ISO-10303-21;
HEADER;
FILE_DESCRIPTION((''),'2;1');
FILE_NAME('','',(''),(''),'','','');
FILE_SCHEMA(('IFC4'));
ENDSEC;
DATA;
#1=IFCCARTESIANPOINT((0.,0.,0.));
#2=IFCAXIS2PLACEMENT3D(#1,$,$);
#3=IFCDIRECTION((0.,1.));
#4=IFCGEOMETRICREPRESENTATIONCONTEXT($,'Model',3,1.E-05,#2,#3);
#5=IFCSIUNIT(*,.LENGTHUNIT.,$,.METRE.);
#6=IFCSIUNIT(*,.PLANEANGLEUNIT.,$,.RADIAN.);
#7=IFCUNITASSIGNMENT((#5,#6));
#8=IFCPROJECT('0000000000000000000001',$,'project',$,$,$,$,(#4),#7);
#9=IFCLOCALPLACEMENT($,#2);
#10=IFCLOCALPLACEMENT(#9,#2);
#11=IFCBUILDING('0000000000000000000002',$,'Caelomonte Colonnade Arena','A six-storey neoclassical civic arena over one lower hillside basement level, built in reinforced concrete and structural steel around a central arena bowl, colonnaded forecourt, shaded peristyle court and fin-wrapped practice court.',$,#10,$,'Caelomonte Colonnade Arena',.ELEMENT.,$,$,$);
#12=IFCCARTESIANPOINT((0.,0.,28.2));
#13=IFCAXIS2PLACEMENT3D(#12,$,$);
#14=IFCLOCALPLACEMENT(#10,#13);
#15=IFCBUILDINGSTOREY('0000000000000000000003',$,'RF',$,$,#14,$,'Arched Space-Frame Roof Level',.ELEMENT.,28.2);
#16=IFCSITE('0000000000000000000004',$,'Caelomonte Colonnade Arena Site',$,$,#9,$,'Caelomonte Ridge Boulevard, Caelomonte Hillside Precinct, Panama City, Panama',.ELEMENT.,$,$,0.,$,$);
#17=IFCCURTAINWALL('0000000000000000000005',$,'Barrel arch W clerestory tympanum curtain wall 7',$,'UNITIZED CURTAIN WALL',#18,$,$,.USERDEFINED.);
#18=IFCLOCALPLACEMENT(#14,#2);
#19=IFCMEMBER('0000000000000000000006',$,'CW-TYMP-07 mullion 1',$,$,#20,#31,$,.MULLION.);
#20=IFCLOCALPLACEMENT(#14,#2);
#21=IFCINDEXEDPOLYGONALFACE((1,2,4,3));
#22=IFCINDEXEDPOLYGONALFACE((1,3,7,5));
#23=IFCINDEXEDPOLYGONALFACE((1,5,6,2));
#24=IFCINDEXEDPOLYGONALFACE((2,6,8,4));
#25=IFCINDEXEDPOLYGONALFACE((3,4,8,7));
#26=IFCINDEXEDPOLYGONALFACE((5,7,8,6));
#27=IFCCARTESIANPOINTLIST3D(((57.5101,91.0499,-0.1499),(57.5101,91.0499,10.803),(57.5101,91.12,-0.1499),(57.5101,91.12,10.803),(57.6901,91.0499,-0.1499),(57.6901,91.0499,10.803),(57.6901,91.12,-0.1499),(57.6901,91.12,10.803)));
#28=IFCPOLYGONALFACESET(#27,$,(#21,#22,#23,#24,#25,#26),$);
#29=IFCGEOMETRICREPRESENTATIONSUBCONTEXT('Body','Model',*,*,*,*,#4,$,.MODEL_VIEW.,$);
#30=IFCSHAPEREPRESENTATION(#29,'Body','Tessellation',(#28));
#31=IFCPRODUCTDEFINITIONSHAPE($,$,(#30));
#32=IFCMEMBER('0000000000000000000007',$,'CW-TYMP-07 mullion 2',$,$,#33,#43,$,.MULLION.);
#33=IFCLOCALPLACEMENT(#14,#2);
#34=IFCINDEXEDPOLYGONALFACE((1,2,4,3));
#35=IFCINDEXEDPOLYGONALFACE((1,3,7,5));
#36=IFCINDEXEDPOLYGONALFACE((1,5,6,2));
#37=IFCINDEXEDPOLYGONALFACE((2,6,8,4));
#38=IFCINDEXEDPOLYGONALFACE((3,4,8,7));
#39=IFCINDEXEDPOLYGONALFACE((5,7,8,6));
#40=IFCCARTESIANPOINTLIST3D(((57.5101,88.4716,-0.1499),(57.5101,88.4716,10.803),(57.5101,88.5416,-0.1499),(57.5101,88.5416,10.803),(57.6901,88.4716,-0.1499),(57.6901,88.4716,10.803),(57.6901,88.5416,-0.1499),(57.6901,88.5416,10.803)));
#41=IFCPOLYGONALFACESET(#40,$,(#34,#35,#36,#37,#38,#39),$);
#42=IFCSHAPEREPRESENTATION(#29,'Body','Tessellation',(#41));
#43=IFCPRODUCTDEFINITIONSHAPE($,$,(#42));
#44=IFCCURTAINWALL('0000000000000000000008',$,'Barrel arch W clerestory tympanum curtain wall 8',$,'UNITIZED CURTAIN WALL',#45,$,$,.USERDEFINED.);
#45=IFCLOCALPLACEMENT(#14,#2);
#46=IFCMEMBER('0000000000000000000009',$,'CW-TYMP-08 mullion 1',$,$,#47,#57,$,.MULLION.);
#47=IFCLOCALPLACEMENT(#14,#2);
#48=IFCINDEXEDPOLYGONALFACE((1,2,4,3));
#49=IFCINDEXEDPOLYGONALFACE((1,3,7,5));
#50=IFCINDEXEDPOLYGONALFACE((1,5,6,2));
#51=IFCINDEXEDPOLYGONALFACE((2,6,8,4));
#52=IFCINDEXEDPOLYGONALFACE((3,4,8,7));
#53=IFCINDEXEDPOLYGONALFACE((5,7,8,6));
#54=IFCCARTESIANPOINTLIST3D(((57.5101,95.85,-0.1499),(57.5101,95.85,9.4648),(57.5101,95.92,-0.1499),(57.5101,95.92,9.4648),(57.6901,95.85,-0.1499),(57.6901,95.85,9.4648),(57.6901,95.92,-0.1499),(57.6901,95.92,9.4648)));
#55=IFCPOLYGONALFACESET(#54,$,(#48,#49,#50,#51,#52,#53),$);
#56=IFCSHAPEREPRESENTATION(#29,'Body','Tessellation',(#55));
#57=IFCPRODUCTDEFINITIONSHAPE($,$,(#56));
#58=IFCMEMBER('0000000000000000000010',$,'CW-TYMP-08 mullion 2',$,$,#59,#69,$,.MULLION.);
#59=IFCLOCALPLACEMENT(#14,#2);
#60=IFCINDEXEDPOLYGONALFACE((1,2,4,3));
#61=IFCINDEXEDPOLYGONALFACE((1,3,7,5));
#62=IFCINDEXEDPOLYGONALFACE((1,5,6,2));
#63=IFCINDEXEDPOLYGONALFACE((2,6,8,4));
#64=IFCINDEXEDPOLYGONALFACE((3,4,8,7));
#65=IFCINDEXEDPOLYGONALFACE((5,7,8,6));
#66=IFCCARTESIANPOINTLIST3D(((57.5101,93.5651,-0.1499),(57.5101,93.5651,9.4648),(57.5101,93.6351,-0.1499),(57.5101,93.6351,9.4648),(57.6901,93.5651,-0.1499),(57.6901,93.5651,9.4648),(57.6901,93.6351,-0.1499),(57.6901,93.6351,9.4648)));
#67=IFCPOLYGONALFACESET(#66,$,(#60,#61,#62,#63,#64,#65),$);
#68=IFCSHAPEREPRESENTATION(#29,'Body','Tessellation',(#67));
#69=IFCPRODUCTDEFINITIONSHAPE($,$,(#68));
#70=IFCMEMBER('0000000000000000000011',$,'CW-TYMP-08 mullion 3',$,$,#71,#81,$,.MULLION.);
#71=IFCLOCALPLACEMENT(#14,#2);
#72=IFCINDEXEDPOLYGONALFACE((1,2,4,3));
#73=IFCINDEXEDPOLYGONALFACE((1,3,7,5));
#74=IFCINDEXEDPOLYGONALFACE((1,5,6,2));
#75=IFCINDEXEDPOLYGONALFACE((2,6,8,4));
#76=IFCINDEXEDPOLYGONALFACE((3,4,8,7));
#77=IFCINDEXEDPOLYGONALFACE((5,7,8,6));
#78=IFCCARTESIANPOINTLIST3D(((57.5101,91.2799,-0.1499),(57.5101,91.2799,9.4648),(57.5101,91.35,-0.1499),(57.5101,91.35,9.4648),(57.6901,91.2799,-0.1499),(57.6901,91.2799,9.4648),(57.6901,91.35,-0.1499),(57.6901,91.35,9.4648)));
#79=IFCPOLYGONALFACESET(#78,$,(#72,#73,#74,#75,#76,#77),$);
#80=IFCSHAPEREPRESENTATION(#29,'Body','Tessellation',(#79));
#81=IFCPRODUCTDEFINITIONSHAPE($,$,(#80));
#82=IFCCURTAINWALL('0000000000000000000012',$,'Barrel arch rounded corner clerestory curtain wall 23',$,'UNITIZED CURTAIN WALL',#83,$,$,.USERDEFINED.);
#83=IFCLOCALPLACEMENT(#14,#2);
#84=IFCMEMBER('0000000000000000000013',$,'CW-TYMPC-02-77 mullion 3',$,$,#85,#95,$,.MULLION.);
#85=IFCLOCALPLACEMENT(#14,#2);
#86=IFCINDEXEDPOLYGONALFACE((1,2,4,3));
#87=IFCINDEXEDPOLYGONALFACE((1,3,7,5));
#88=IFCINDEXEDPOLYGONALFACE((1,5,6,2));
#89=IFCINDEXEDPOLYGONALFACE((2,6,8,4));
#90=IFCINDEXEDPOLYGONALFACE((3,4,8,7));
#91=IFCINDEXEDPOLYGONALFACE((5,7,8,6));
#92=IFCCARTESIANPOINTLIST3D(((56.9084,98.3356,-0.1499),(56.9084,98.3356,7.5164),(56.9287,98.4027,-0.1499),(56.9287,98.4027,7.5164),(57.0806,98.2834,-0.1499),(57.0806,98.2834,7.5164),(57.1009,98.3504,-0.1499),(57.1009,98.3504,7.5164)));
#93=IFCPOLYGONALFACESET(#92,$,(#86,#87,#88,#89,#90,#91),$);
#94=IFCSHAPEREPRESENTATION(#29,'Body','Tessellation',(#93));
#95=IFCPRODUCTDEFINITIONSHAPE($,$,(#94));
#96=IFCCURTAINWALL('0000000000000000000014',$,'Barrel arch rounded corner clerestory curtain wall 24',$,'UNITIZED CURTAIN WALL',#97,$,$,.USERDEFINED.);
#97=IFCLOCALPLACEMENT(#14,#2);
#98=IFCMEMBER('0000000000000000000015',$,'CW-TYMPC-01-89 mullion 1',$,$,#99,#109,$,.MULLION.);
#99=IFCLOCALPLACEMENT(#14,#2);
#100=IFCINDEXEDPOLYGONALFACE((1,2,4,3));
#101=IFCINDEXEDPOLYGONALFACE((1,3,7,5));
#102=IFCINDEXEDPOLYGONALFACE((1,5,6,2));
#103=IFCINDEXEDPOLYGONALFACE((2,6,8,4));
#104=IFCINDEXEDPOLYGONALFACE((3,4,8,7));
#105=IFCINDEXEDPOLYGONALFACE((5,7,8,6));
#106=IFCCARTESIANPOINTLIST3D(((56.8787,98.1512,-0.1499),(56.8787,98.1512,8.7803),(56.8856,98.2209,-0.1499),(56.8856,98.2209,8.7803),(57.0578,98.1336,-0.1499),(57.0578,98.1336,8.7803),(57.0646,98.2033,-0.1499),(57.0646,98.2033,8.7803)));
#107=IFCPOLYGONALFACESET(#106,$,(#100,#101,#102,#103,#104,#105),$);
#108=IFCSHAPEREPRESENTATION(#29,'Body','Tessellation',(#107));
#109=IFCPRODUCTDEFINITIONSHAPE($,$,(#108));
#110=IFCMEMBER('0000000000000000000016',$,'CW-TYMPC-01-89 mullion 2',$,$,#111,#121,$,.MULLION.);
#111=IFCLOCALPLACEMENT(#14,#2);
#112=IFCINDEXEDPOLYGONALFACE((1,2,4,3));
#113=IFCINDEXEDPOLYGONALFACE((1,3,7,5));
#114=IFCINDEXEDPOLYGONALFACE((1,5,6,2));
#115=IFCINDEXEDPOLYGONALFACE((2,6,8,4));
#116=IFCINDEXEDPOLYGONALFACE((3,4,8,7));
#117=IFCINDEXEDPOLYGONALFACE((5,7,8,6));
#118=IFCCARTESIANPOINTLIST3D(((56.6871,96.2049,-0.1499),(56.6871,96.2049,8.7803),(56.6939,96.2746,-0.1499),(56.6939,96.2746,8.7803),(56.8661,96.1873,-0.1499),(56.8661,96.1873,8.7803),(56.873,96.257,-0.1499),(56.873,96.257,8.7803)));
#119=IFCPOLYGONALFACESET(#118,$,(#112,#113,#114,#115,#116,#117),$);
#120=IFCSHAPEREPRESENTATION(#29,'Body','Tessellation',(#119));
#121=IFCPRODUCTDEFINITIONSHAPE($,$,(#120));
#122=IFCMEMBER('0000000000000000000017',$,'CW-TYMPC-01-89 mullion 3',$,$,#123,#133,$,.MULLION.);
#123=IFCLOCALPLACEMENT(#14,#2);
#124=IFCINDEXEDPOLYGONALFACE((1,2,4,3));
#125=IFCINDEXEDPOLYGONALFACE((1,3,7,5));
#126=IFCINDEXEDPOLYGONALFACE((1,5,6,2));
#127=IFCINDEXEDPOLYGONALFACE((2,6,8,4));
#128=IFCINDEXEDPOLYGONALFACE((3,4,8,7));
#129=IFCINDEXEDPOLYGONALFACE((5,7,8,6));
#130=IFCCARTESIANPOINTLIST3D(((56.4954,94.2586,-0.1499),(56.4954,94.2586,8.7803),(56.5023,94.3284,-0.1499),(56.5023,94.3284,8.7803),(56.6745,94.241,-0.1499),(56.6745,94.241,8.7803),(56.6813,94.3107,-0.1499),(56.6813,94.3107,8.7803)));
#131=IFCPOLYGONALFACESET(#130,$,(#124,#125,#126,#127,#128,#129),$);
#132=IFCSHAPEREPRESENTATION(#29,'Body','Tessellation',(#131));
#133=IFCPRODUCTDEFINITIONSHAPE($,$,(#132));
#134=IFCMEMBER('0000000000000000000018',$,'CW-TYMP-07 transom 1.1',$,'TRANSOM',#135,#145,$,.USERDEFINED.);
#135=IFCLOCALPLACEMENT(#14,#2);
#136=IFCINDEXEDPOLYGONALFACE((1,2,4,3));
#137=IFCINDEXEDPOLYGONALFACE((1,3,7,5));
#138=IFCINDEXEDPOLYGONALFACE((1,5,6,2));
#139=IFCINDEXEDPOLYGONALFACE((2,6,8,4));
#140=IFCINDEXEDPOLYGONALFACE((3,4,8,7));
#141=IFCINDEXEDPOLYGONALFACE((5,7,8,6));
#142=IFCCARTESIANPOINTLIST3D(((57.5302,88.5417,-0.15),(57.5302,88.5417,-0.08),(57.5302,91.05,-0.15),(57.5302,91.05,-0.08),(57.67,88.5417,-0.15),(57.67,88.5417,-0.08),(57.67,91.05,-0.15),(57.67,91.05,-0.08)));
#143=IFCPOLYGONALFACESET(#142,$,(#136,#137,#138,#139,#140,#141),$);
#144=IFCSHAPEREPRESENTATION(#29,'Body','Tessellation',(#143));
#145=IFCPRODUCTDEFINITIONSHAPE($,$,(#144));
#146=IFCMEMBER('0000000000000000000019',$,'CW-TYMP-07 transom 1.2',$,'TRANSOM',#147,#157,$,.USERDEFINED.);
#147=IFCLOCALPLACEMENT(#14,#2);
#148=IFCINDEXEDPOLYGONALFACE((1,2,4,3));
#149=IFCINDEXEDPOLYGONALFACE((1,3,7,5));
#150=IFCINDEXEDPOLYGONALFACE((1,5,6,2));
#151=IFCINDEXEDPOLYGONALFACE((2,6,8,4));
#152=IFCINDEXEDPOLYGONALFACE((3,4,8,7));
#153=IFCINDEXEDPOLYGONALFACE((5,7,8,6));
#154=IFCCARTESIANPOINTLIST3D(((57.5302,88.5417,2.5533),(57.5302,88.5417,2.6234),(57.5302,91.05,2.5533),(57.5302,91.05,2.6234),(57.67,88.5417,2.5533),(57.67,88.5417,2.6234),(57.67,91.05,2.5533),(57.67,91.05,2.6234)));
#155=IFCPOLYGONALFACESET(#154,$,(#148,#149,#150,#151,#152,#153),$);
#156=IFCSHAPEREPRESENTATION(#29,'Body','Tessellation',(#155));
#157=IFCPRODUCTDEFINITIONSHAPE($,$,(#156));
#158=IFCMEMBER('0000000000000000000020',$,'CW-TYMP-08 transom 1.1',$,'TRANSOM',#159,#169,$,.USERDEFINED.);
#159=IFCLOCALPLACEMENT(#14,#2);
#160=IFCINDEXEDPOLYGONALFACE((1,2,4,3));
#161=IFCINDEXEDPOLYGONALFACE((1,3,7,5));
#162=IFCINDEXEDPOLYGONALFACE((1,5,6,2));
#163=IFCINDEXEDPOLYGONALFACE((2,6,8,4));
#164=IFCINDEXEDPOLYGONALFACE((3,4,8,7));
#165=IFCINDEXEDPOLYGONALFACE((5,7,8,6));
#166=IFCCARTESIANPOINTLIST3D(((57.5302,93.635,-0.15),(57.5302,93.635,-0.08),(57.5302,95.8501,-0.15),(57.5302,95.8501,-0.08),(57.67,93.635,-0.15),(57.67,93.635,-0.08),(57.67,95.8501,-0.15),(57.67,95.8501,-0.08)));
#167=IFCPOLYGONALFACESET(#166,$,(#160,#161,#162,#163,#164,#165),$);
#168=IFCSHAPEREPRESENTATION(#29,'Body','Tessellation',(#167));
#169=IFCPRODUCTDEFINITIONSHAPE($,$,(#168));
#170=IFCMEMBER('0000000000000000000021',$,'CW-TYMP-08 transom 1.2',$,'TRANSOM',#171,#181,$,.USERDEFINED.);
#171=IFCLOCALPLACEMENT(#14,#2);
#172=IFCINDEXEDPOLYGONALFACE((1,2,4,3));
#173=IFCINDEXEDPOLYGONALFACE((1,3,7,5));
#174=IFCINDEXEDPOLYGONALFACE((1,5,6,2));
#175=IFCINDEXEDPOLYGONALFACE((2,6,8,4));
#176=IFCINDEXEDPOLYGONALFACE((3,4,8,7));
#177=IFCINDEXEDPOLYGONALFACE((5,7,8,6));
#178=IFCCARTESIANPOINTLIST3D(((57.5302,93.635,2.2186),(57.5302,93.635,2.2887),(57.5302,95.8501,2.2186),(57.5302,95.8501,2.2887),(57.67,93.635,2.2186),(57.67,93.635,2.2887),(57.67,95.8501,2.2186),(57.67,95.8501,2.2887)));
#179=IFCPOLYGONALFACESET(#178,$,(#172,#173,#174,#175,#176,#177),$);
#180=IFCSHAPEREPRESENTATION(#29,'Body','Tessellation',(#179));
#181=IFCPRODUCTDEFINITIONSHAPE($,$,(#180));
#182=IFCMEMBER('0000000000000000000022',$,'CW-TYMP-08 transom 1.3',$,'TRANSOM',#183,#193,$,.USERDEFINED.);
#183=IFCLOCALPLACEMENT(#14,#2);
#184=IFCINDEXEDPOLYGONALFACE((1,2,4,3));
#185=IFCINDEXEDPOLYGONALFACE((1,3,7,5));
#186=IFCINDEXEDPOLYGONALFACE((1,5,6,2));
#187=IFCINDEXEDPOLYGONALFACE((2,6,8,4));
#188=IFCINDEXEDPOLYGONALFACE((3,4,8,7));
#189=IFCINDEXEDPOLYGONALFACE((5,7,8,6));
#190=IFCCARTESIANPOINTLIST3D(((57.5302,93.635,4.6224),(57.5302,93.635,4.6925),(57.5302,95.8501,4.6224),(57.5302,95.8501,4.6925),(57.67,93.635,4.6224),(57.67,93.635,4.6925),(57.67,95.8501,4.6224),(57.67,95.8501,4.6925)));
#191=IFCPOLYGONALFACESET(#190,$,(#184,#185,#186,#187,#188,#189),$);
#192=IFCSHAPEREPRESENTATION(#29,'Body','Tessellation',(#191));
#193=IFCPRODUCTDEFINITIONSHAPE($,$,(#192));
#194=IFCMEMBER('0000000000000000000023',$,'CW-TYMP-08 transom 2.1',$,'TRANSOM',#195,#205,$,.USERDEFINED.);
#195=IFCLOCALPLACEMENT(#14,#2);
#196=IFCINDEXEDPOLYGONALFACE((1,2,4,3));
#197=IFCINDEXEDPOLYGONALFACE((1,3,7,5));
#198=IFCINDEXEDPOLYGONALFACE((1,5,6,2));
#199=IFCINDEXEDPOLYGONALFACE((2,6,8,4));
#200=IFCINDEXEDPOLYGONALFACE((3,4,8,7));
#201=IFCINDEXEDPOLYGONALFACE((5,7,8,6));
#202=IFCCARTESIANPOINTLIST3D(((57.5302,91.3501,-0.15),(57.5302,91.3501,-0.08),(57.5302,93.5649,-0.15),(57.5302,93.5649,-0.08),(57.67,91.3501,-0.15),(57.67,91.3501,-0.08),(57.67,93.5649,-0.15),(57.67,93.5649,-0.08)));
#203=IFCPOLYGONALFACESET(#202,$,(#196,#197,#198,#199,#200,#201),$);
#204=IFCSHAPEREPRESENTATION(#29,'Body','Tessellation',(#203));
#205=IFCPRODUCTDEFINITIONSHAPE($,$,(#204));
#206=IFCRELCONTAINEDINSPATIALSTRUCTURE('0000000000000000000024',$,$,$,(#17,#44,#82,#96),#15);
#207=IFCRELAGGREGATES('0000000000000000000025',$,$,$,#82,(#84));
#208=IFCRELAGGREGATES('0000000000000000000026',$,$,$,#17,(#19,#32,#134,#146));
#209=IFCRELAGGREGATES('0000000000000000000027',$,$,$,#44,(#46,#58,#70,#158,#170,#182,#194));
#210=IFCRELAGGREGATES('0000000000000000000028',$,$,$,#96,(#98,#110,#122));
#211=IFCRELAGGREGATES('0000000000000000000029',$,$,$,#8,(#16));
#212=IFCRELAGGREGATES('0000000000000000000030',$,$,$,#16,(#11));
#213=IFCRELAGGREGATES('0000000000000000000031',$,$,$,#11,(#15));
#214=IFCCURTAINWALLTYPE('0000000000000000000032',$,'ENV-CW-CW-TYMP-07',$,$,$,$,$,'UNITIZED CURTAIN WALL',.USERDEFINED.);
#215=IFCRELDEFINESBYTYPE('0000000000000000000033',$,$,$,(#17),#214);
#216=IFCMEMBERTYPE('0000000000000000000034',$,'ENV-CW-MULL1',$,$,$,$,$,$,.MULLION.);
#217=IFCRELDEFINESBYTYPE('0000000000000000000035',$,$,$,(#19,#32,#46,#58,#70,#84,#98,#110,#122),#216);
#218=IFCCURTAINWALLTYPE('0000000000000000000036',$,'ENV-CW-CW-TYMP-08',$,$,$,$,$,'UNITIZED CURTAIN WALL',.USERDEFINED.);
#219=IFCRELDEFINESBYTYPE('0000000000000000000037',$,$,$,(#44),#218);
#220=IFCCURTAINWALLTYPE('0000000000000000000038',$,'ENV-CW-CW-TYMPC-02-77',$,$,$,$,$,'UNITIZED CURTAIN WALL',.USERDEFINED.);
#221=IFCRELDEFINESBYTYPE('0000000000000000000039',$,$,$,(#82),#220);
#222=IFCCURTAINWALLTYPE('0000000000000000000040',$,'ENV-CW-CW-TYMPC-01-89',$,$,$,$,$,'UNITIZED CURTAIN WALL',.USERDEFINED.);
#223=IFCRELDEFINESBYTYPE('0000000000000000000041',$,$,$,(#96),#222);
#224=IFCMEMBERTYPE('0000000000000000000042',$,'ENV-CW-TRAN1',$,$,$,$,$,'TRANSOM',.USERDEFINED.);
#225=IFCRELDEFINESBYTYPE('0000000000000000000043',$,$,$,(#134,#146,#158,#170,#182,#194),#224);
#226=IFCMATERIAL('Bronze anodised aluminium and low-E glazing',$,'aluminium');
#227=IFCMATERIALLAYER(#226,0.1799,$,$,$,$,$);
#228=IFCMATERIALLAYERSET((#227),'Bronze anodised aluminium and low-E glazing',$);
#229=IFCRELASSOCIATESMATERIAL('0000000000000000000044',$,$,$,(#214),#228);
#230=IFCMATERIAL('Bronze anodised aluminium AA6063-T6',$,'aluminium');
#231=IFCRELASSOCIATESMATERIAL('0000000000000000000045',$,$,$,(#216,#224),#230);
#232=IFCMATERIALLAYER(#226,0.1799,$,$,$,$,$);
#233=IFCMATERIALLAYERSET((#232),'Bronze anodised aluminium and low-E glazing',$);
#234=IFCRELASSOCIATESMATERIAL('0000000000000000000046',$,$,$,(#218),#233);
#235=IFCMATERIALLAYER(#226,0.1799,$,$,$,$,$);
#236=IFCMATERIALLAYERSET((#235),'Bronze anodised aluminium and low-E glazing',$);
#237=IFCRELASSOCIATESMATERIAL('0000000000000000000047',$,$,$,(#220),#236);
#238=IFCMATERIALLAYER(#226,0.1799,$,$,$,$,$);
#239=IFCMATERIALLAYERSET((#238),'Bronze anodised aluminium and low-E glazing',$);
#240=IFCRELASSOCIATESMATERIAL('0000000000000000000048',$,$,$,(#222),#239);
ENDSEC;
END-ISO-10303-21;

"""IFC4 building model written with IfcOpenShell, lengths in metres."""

from ifc_helpers import new_model, si_unit, direction, frame, origin, origin_2d, place, context, subcontext, project, spatial, rectangle, extrude, material, layer, layer_set, material_profile, profile_set, type_object, element, aggregate, save


model = new_model("IFC4")

# Units and contexts
model_context = context("Model", 3, precision=1e-05, world=origin(), true_north=direction((0.0, 1.0)))
body_context = subcontext(model_context, "Body", "Model", "MODEL_VIEW")
ifc_project = project(units=[si_unit("LENGTHUNIT", "METRE"), si_unit("PLANEANGLEUNIT", "RADIAN")], contexts=[model_context])

# Site, building, storey
site_placement = place(None, origin())
site = spatial("IfcSite", under=ifc_project, at=site_placement, Name="Caelomonte Colonnade Arena Site", LongName="Caelomonte Ridge Boulevard, Caelomonte Hillside Precinct, Panama City, Panama", CompositionType="ELEMENT", RefElevation=0.0)
building_placement = place(site_placement, origin())
building = spatial("IfcBuilding", under=site, at=building_placement, Name="Caelomonte Colonnade Arena", Description="A six-storey neoclassical civic arena over one lower hillside basement level, built in reinforced concrete and structural steel around a central arena bowl, colonnaded forecourt, shaded peristyle court and fin-wrapped practice court.", LongName="Caelomonte Colonnade Arena", CompositionType="ELEMENT")
storey_placement = place(building_placement, frame((0.0, 0.0, 28.2)))
storey = spatial("IfcBuildingStorey", under=building, at=storey_placement, Name="RF", LongName="Arched Space-Frame Roof Level", CompositionType="ELEMENT", Elevation=28.2)

# Curtain walls, members
ifc_material_1 = material(Name="Bronze anodised aluminium and low-E glazing", Category="aluminium")
ifc_layer_1 = layer(ifc_material_1, 0.1799)
ifc_layer_set_1 = layer_set([ifc_layer_1], Name="Bronze anodised aluminium and low-E glazing")
curtain_wall_type_1 = type_object("IfcCurtainWallType", Name="ENV-CW-CW-TYMP-07", ElementType="UNITIZED CURTAIN WALL", PredefinedType="USERDEFINED", material=ifc_layer_set_1)
curtain_wall_1_placement = place(storey_placement, origin())
curtain_wall_1 = element("IfcCurtainWall", 1, at=curtain_wall_1_placement, inside=storey, type_object=curtain_wall_type_1, Name="Barrel arch W clerestory tympanum curtain wall 7", ObjectType="UNITIZED CURTAIN WALL", PredefinedType="USERDEFINED")
ifc_material_2 = material(Name="Bronze anodised aluminium AA6063-T6", Category="aluminium")
ifc_material_profile_1 = material_profile(ifc_material_2, rectangle(XDim=0.0701, YDim=0.1799, at=origin_2d()), Name="CWM-70X180")
ifc_profile_set_1 = profile_set([ifc_material_profile_1], Name="Bronze anodised aluminium AA6063-T6")
member_type_1 = type_object("IfcMemberType", Name="ENV-CW-MULL1", PredefinedType="MULLION", material=ifc_profile_set_1)
member_1_placement = place(storey_placement, frame((57.6001, 91.085, -0.1499), z_axis=(0.0, 0.0, 1.0), x_axis=(0.0, -1.0, 0.0)))
member_1 = element("IfcMember", 2, at=member_1_placement, type_object=member_type_1, Name="CW-TYMP-07 mullion 1", PredefinedType="MULLION", context=body_context, shape_type="SweptSolid", body=[
    extrude(rectangle(XDim=0.0701, YDim=0.1799, at=origin_2d()), origin(), (0.0, 0.0, 1.0), 10.9529),
])
member_2_placement = place(storey_placement, frame((57.6001, 88.5066, -0.1499), z_axis=(0.0, 0.0, 1.0), x_axis=(0.0, -1.0, 0.0)))
member_2 = element("IfcMember", 3, at=member_2_placement, type_object=member_type_1, Name="CW-TYMP-07 mullion 2", PredefinedType="MULLION", context=body_context, shape_type="SweptSolid", body=[
    extrude(rectangle(XDim=0.0701, YDim=0.1799, at=origin_2d()), origin(), (0.0, 0.0, 1.0), 10.9529),
])
ifc_layer_2 = layer(ifc_material_1, 0.1799)
ifc_layer_set_2 = layer_set([ifc_layer_2], Name="Bronze anodised aluminium and low-E glazing")
curtain_wall_type_2 = type_object("IfcCurtainWallType", Name="ENV-CW-CW-TYMP-08", ElementType="UNITIZED CURTAIN WALL", PredefinedType="USERDEFINED", material=ifc_layer_set_2)
curtain_wall_2_placement = place(storey_placement, origin())
curtain_wall_2 = element("IfcCurtainWall", 4, at=curtain_wall_2_placement, inside=storey, type_object=curtain_wall_type_2, Name="Barrel arch W clerestory tympanum curtain wall 8", ObjectType="UNITIZED CURTAIN WALL", PredefinedType="USERDEFINED")
member_3_placement = place(storey_placement, frame((57.6001, 95.885, -0.1499), z_axis=(0.0, 0.0, 1.0), x_axis=(0.0, -1.0, 0.0)))
member_3 = element("IfcMember", 5, at=member_3_placement, type_object=member_type_1, Name="CW-TYMP-08 mullion 1", PredefinedType="MULLION", context=body_context, shape_type="SweptSolid", body=[
    extrude(rectangle(XDim=0.0701, YDim=0.1799, at=origin_2d()), origin(), (0.0, 0.0, 1.0), 9.6147),
])
member_4_placement = place(storey_placement, frame((57.6001, 93.6001, -0.1499), z_axis=(0.0, 0.0, 1.0), x_axis=(0.0, -1.0, 0.0)))
member_4 = element("IfcMember", 6, at=member_4_placement, type_object=member_type_1, Name="CW-TYMP-08 mullion 2", PredefinedType="MULLION", context=body_context, shape_type="SweptSolid", body=[
    extrude(rectangle(XDim=0.0701, YDim=0.1799, at=origin_2d()), origin(), (0.0, 0.0, 1.0), 9.6147),
])
member_5_placement = place(storey_placement, frame((57.6001, 91.3149, -0.1499), z_axis=(0.0, 0.0, 1.0), x_axis=(0.0, -1.0, 0.0)))
member_5 = element("IfcMember", 7, at=member_5_placement, type_object=member_type_1, Name="CW-TYMP-08 mullion 3", PredefinedType="MULLION", context=body_context, shape_type="SweptSolid", body=[
    extrude(rectangle(XDim=0.0701, YDim=0.1799, at=origin_2d()), origin(), (0.0, 0.0, 1.0), 9.6147),
])

# Curtain wall, member
ifc_layer_3 = layer(ifc_material_1, 0.1799)
ifc_layer_set_3 = layer_set([ifc_layer_3], Name="Bronze anodised aluminium and low-E glazing")
curtain_wall_type_3 = type_object("IfcCurtainWallType", Name="ENV-CW-CW-TYMPC-02-77", ElementType="UNITIZED CURTAIN WALL", PredefinedType="USERDEFINED", material=ifc_layer_set_3)
curtain_wall_3_placement = place(storey_placement, origin())
curtain_wall_3 = element("IfcCurtainWall", 8, at=curtain_wall_3_placement, inside=storey, type_object=curtain_wall_type_3, Name="Barrel arch rounded corner clerestory curtain wall 23", ObjectType="UNITIZED CURTAIN WALL", PredefinedType="USERDEFINED")
member_6_placement = place(storey_placement, frame((57.0046, 98.343, -0.1499), z_axis=(0.0, 0.0, 1.0), x_axis=(-0.290266, -0.956946, 0.0)))
member_6 = element("IfcMember", 9, at=member_6_placement, type_object=member_type_1, Name="CW-TYMPC-02-77 mullion 3", PredefinedType="MULLION", context=body_context, shape_type="SweptSolid", body=[
    extrude(rectangle(XDim=0.0701, YDim=0.1799, at=origin_2d()), origin(), (0.0, 0.0, 1.0), 7.6663),
])
aggregate(curtain_wall_3, [member_6])

# Curtain wall, members
ifc_layer_4 = layer(ifc_material_1, 0.1799)
ifc_layer_set_4 = layer_set([ifc_layer_4], Name="Bronze anodised aluminium and low-E glazing")
curtain_wall_type_4 = type_object("IfcCurtainWallType", Name="ENV-CW-CW-TYMPC-01-89", ElementType="UNITIZED CURTAIN WALL", PredefinedType="USERDEFINED", material=ifc_layer_set_4)
curtain_wall_4_placement = place(storey_placement, origin())
curtain_wall_4 = element("IfcCurtainWall", 10, at=curtain_wall_4_placement, inside=storey, type_object=curtain_wall_type_4, Name="Barrel arch rounded corner clerestory curtain wall 24", ObjectType="UNITIZED CURTAIN WALL", PredefinedType="USERDEFINED")
member_7_placement = place(storey_placement, frame((56.9717, 98.1772, -0.1499), z_axis=(0.0, 0.0, 1.0), x_axis=(-0.098031, -0.995183, 0.0)))
member_7 = element("IfcMember", 11, at=member_7_placement, type_object=member_type_1, Name="CW-TYMPC-01-89 mullion 1", PredefinedType="MULLION", context=body_context, shape_type="SweptSolid", body=[
    extrude(rectangle(XDim=0.0701, YDim=0.1799, at=origin_2d()), origin(), (0.0, 0.0, 1.0), 8.9302),
])
member_8_placement = place(storey_placement, frame((56.78, 96.231, -0.1499), z_axis=(0.0, 0.0, 1.0), x_axis=(-0.098031, -0.995183, 0.0)))
member_8 = element("IfcMember", 12, at=member_8_placement, type_object=member_type_1, Name="CW-TYMPC-01-89 mullion 2", PredefinedType="MULLION", context=body_context, shape_type="SweptSolid", body=[
    extrude(rectangle(XDim=0.0701, YDim=0.1799, at=origin_2d()), origin(), (0.0, 0.0, 1.0), 8.9302),
])
member_9_placement = place(storey_placement, frame((56.5884, 94.2847, -0.1499), z_axis=(0.0, 0.0, 1.0), x_axis=(-0.098031, -0.995183, 0.0)))
member_9 = element("IfcMember", 13, at=member_9_placement, type_object=member_type_1, Name="CW-TYMPC-01-89 mullion 3", PredefinedType="MULLION", context=body_context, shape_type="SweptSolid", body=[
    extrude(rectangle(XDim=0.0701, YDim=0.1799, at=origin_2d()), origin(), (0.0, 0.0, 1.0), 8.9302),
])

# Members
ifc_material_profile_2 = material_profile(ifc_material_2, rectangle(XDim=0.0701, YDim=0.1399, at=origin_2d()), Name="CWT-70X140")
ifc_profile_set_2 = profile_set([ifc_material_profile_2], Name="Bronze anodised aluminium AA6063-T6")
member_type_2 = type_object("IfcMemberType", Name="ENV-CW-TRAN1", ElementType="TRANSOM", PredefinedType="USERDEFINED", material=ifc_profile_set_2)
member_10_placement = place(storey_placement, frame((57.6001, 91.05, -0.115), z_axis=(0.0, -1.0, 0.0), x_axis=(0.0, 0.0, 1.0)))
member_10 = element("IfcMember", 14, at=member_10_placement, type_object=member_type_2, Name="CW-TYMP-07 transom 1.1", ObjectType="TRANSOM", PredefinedType="USERDEFINED", context=body_context, shape_type="SweptSolid", body=[
    extrude(rectangle(XDim=0.0701, YDim=0.1399, at=origin_2d()), origin(), (0.0, 0.0, 1.0), 2.5083),
])
member_11_placement = place(storey_placement, frame((57.6001, 91.05, 2.5884), z_axis=(0.0, -1.0, 0.0), x_axis=(0.0, 0.0, 1.0)))
member_11 = element("IfcMember", 15, at=member_11_placement, type_object=member_type_2, Name="CW-TYMP-07 transom 1.2", ObjectType="TRANSOM", PredefinedType="USERDEFINED", context=body_context, shape_type="SweptSolid", body=[
    extrude(rectangle(XDim=0.0701, YDim=0.1399, at=origin_2d()), origin(), (0.0, 0.0, 1.0), 2.5083),
])
member_12_placement = place(storey_placement, frame((57.6001, 95.8501, -0.115), z_axis=(0.0, -1.0, 0.0), x_axis=(0.0, 0.0, 1.0)))
member_12 = element("IfcMember", 16, at=member_12_placement, type_object=member_type_2, Name="CW-TYMP-08 transom 1.1", ObjectType="TRANSOM", PredefinedType="USERDEFINED", context=body_context, shape_type="SweptSolid", body=[
    extrude(rectangle(XDim=0.0701, YDim=0.1399, at=origin_2d()), origin(), (0.0, 0.0, 1.0), 2.2151),
])
member_13_placement = place(storey_placement, frame((57.6001, 95.8501, 2.2537), z_axis=(0.0, -1.0, 0.0), x_axis=(0.0, 0.0, 1.0)))
member_13 = element("IfcMember", 17, at=member_13_placement, type_object=member_type_2, Name="CW-TYMP-08 transom 1.2", ObjectType="TRANSOM", PredefinedType="USERDEFINED", context=body_context, shape_type="SweptSolid", body=[
    extrude(rectangle(XDim=0.0701, YDim=0.1399, at=origin_2d()), origin(), (0.0, 0.0, 1.0), 2.2151),
])
member_14_placement = place(storey_placement, frame((57.6001, 95.8501, 4.6575), z_axis=(0.0, -1.0, 0.0), x_axis=(0.0, 0.0, 1.0)))
member_14 = element("IfcMember", 18, at=member_14_placement, type_object=member_type_2, Name="CW-TYMP-08 transom 1.3", ObjectType="TRANSOM", PredefinedType="USERDEFINED", context=body_context, shape_type="SweptSolid", body=[
    extrude(rectangle(XDim=0.0701, YDim=0.1399, at=origin_2d()), origin(), (0.0, 0.0, 1.0), 2.2151),
])
member_15_placement = place(storey_placement, frame((57.6001, 93.5649, -0.115), z_axis=(0.0, -1.0, 0.0), x_axis=(0.0, 0.0, 1.0)))
member_15 = element("IfcMember", 19, at=member_15_placement, type_object=member_type_2, Name="CW-TYMP-08 transom 2.1", ObjectType="TRANSOM", PredefinedType="USERDEFINED", context=body_context, shape_type="SweptSolid", body=[
    extrude(rectangle(XDim=0.0701, YDim=0.1399, at=origin_2d()), origin(), (0.0, 0.0, 1.0), 2.2148),
])

aggregate(curtain_wall_1, [member_1, member_2, member_10, member_11])
aggregate(curtain_wall_2, [member_3, member_4, member_5, member_12, member_13, member_14, member_15])
aggregate(curtain_wall_4, [member_7, member_8, member_9])

save(model, "model.ifc")
